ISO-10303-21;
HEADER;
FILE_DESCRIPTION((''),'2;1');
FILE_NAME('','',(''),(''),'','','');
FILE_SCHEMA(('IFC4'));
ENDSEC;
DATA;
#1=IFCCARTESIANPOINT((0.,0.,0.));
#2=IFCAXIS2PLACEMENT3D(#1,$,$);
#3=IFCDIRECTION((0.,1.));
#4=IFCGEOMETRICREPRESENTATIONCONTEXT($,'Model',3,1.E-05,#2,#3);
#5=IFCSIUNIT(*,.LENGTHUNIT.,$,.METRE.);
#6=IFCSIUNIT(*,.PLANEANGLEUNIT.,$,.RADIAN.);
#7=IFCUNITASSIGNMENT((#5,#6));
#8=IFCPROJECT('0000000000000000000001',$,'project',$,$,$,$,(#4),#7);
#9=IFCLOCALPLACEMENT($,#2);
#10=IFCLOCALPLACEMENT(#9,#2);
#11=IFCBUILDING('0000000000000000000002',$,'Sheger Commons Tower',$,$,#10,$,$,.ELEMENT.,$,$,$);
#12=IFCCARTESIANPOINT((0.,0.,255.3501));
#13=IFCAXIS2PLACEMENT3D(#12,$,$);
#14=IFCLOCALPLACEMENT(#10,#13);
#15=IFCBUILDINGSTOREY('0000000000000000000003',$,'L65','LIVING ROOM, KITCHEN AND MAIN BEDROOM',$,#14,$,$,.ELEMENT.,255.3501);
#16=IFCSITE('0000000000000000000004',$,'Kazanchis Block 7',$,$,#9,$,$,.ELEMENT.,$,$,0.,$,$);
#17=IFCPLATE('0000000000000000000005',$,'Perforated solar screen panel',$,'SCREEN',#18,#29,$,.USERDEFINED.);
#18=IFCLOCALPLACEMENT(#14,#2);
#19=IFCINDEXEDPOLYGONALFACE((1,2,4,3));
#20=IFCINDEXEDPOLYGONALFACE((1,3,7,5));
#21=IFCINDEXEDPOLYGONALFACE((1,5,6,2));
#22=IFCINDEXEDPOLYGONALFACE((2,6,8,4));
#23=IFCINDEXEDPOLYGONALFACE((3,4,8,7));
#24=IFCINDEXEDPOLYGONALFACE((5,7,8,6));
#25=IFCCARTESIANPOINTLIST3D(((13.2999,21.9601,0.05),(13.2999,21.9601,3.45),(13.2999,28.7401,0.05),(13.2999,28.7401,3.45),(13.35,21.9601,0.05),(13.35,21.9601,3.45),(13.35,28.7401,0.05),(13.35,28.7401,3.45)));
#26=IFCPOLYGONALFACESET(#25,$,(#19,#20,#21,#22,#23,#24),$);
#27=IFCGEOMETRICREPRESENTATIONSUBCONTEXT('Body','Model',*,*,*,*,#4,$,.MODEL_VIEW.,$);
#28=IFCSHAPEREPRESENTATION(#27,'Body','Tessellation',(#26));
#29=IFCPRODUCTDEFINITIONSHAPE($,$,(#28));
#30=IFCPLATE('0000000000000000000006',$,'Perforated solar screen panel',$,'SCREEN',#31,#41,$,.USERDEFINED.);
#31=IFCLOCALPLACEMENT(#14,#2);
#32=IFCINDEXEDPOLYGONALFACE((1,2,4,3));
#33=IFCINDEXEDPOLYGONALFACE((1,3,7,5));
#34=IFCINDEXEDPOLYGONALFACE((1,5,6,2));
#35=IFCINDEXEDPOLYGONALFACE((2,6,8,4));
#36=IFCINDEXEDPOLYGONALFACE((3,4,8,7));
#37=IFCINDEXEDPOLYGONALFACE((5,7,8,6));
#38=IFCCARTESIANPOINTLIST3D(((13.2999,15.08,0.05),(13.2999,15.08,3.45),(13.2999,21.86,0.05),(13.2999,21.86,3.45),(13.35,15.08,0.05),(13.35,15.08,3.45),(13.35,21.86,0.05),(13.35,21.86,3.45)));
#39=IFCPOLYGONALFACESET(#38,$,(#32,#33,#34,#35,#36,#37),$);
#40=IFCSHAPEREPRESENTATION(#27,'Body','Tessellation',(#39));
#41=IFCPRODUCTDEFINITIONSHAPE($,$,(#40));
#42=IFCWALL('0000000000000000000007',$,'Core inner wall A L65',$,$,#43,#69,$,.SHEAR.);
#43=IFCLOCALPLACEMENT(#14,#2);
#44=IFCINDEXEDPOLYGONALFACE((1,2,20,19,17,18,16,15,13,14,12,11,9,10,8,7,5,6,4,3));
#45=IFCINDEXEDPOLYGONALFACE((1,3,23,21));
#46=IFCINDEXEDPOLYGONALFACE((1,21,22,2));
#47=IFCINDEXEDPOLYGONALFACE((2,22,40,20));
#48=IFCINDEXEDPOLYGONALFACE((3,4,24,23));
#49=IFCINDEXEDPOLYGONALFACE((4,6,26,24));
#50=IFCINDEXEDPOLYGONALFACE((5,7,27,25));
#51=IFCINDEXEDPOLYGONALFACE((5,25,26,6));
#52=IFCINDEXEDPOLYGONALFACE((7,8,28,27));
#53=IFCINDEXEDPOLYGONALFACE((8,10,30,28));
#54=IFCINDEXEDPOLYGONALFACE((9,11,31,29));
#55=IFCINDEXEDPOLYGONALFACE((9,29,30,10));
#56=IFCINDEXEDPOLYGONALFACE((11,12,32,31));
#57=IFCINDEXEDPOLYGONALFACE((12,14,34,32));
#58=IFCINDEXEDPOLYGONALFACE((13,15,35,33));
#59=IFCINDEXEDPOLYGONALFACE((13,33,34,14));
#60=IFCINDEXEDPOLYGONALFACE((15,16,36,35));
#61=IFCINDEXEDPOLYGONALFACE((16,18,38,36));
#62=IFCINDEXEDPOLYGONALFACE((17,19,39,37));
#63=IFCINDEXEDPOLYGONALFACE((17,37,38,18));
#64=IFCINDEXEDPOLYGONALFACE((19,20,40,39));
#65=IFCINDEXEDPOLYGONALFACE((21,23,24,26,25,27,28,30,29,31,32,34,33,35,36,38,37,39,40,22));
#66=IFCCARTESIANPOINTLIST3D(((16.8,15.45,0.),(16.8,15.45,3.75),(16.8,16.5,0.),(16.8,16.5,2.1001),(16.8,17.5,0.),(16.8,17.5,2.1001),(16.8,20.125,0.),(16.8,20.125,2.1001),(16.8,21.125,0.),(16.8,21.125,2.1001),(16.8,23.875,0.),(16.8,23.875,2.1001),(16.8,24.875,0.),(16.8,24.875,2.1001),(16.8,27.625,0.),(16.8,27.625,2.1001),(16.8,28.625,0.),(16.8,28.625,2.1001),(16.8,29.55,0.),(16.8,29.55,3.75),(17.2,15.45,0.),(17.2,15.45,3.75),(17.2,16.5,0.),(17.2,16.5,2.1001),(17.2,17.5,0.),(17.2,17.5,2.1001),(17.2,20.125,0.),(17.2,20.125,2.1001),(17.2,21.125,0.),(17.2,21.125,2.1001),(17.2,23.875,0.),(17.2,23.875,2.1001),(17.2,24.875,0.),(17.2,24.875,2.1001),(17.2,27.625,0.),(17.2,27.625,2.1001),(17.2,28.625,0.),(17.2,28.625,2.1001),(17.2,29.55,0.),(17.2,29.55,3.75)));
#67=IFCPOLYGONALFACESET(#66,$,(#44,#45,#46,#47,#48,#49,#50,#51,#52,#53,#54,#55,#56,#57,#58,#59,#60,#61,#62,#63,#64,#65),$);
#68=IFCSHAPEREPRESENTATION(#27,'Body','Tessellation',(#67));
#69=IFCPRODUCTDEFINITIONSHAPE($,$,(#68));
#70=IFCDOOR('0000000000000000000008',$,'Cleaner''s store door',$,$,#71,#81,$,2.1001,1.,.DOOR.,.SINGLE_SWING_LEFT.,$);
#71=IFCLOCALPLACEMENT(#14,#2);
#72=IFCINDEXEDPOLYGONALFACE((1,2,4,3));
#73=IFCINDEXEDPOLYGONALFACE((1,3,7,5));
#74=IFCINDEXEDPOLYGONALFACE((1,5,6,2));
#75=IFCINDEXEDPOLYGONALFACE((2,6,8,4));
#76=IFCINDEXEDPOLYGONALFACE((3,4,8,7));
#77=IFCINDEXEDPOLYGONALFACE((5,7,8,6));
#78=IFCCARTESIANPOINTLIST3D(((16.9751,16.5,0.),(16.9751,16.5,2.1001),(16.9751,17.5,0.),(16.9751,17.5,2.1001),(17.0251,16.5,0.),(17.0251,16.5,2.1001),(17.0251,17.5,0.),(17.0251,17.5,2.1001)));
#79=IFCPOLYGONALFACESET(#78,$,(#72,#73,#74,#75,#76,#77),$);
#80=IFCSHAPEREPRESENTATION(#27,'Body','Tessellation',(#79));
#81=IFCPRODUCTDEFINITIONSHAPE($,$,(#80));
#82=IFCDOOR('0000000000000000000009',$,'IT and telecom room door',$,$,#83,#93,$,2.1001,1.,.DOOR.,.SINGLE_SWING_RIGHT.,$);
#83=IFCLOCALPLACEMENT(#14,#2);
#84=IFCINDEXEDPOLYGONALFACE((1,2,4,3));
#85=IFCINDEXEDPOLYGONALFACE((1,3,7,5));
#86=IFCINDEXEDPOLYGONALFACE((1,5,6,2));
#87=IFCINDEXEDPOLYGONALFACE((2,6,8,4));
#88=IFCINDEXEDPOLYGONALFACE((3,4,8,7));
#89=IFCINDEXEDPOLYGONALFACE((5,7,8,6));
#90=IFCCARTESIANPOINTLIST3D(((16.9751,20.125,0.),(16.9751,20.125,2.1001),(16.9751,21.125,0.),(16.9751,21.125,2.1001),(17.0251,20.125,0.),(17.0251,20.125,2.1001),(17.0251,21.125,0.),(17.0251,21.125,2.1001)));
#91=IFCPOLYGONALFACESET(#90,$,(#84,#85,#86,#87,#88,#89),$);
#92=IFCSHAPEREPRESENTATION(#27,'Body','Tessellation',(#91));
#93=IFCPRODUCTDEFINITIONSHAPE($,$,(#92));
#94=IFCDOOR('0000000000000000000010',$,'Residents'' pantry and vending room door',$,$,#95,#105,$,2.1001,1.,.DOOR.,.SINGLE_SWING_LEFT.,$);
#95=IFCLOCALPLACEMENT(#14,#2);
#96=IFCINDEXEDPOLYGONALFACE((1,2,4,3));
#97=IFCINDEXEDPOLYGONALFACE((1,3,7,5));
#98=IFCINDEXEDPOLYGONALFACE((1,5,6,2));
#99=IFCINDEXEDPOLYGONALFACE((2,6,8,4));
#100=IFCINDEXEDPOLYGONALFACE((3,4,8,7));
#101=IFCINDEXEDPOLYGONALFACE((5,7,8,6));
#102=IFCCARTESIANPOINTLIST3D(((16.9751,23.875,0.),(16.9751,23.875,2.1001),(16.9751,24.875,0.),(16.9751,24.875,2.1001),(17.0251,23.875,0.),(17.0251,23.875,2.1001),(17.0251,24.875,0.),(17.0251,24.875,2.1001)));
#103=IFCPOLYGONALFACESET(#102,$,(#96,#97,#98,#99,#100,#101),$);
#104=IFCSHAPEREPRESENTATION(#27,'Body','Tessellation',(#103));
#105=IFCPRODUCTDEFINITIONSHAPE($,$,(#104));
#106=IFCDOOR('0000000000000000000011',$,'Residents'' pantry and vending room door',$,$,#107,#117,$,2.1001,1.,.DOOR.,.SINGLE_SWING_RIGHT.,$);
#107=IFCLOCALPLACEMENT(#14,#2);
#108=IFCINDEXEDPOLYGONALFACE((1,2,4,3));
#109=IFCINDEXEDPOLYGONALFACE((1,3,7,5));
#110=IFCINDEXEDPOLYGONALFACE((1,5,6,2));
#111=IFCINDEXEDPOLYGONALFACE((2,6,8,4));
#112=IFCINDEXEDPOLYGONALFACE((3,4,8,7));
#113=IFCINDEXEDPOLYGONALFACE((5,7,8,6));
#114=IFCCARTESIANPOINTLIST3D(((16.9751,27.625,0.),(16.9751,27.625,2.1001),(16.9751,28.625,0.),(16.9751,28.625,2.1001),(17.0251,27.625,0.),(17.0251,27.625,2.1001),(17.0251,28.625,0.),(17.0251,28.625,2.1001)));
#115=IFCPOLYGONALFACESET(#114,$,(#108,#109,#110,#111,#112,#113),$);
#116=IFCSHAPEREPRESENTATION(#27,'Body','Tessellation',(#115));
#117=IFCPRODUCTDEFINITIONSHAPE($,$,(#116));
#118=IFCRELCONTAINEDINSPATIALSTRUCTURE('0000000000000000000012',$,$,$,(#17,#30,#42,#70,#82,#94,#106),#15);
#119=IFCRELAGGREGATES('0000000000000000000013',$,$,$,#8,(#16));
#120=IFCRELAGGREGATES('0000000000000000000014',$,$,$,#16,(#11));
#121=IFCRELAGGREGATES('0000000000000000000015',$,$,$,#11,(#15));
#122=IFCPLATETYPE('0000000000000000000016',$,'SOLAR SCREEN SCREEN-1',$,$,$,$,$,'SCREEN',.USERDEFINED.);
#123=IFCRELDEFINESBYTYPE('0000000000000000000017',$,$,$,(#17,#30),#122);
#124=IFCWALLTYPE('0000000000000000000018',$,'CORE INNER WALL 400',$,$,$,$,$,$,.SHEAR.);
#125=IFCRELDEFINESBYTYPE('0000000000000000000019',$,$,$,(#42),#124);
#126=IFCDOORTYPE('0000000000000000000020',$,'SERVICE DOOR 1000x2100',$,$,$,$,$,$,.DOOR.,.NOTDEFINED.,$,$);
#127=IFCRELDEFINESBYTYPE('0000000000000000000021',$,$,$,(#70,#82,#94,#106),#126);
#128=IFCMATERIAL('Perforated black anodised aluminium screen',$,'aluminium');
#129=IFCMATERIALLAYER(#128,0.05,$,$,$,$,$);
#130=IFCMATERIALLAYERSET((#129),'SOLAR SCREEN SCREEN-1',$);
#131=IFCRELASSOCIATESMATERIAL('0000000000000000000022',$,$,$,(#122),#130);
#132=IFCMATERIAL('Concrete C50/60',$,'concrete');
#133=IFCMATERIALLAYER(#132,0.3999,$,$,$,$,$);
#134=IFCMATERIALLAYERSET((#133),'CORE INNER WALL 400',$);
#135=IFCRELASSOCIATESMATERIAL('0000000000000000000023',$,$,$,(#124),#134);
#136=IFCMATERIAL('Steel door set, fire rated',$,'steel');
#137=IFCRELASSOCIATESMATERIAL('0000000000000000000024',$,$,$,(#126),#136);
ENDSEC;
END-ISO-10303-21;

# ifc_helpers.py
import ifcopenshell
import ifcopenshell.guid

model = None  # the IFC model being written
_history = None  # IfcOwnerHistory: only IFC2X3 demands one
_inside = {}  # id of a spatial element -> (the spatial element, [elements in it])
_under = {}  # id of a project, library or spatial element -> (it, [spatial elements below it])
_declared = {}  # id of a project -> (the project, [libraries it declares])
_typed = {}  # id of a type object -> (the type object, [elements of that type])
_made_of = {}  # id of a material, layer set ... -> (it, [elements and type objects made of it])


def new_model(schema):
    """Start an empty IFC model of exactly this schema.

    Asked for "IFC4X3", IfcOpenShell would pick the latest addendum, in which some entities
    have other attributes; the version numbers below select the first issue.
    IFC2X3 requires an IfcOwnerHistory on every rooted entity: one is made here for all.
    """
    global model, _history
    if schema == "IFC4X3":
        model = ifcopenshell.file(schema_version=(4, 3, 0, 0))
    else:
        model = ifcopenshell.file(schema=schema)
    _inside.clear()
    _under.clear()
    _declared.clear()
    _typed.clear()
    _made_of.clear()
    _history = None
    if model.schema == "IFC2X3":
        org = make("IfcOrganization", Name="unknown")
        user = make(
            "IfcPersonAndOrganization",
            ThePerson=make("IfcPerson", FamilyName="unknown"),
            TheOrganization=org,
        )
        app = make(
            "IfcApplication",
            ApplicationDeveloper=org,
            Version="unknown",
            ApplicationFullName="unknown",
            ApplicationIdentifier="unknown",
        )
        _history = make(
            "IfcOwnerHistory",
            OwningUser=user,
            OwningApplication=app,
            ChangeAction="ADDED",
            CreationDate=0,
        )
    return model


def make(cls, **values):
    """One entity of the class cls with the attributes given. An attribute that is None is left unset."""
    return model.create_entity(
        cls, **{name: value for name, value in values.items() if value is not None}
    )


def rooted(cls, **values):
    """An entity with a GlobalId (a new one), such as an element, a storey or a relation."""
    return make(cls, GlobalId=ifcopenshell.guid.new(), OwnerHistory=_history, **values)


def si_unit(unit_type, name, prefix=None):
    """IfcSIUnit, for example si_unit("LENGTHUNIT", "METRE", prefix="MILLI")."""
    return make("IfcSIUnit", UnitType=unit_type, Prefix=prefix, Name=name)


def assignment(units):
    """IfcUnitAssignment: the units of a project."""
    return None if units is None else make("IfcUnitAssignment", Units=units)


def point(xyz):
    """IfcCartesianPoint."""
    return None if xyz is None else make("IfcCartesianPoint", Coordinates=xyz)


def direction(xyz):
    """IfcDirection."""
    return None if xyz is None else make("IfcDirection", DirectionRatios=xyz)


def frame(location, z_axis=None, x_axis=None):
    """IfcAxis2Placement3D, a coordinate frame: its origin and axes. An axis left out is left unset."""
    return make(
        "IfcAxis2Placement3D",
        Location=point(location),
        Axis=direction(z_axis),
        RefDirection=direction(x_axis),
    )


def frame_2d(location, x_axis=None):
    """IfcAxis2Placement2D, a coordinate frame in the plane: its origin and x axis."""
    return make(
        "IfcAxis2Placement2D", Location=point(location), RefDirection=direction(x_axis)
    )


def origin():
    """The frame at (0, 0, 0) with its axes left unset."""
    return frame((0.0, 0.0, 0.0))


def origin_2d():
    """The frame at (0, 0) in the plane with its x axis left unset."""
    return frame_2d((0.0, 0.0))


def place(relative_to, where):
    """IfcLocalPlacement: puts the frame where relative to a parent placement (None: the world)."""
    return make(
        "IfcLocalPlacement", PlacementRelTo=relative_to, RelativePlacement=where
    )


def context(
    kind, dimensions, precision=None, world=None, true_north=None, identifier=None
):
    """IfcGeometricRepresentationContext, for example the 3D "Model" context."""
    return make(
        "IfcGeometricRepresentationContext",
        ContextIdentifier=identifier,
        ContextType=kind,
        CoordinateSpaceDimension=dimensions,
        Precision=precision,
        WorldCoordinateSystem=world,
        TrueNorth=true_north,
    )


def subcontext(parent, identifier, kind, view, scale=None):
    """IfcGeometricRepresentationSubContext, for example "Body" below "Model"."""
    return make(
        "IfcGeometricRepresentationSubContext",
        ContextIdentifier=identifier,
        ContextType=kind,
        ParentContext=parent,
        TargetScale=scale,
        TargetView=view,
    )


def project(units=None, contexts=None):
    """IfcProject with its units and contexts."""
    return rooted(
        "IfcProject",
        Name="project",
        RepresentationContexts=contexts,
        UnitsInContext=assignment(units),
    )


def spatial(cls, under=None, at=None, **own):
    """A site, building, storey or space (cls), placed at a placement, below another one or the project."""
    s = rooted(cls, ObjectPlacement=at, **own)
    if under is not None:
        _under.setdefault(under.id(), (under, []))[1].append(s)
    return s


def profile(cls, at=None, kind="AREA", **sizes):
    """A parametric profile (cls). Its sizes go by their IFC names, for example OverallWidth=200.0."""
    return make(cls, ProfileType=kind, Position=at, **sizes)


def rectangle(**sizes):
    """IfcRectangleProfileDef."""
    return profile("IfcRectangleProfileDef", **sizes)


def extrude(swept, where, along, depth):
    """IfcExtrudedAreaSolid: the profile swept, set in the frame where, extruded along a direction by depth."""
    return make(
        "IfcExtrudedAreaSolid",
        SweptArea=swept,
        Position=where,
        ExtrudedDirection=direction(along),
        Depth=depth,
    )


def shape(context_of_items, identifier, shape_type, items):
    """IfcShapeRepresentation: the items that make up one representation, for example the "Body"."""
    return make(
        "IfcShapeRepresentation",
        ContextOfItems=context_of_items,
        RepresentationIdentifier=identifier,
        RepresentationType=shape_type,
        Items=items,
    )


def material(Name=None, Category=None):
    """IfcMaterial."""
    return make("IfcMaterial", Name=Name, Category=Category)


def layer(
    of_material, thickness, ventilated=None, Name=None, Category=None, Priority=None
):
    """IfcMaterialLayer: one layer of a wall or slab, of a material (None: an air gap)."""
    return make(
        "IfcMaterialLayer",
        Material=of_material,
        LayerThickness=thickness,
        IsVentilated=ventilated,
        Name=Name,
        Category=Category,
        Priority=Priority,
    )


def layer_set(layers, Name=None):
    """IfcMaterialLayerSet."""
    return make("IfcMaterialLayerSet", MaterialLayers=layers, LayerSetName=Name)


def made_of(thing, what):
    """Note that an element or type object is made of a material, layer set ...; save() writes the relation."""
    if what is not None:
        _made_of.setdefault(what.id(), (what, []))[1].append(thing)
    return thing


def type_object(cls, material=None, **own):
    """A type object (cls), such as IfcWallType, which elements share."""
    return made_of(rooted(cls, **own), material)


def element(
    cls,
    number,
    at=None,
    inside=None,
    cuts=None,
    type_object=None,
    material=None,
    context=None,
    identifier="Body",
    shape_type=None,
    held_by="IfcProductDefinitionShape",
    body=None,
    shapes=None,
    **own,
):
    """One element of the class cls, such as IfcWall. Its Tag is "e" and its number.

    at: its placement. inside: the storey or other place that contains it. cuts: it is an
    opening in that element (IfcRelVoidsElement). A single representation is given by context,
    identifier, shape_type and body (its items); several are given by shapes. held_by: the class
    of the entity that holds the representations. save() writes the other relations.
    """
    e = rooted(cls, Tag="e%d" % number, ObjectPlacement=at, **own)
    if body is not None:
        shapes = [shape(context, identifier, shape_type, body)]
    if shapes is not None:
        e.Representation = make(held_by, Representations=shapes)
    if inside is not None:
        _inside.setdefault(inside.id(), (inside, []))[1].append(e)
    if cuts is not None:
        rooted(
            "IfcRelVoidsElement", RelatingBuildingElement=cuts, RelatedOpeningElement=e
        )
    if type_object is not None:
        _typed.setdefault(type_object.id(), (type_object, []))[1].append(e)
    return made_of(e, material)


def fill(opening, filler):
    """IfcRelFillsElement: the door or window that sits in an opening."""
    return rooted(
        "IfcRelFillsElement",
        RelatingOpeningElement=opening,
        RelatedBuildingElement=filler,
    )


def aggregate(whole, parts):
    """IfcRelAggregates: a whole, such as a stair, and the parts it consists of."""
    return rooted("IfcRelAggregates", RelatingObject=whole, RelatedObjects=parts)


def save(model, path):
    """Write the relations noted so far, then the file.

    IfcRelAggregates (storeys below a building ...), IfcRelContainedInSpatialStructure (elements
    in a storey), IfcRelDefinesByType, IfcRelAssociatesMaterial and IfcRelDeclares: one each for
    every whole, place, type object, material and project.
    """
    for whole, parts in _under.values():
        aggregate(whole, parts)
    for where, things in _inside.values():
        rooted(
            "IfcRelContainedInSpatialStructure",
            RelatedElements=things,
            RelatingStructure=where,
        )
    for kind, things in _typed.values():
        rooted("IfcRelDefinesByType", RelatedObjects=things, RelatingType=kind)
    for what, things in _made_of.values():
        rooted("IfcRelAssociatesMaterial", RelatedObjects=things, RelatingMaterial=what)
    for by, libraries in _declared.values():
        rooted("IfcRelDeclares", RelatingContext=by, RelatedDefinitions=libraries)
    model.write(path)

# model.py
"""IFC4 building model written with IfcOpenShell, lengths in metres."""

from ifc_helpers import new_model, si_unit, direction, frame, frame_2d, origin, origin_2d, place, context, subcontext, project, spatial, rectangle, extrude, material, layer, layer_set, type_object, element, fill, save


model = new_model("IFC4")

# Units and contexts
model_context = context("Model", 3, precision=1e-05, world=origin(), true_north=direction((0.0, 1.0)))
body_context = subcontext(model_context, "Body", "Model", "MODEL_VIEW")
ifc_project = project(units=[si_unit("LENGTHUNIT", "METRE"), si_unit("PLANEANGLEUNIT", "RADIAN")], contexts=[model_context])

# Site, building, storey
site_placement = place(None, origin())
site = spatial("IfcSite", under=ifc_project, at=site_placement, Name="Kazanchis Block 7", CompositionType="ELEMENT", RefElevation=0.0)
building_placement = place(site_placement, origin())
building = spatial("IfcBuilding", under=site, at=building_placement, Name="Sheger Commons Tower", CompositionType="ELEMENT")
storey_placement = place(building_placement, frame((0.0, 0.0, 255.3501)))
storey = spatial("IfcBuildingStorey", under=building, at=storey_placement, Name="L65", Description="LIVING ROOM, KITCHEN AND MAIN BEDROOM", CompositionType="ELEMENT", Elevation=255.3501)

# Plates
ifc_material_1 = material(Name="Perforated black anodised aluminium screen", Category="aluminium")
ifc_layer_1 = layer(ifc_material_1, 0.05)
ifc_layer_set_1 = layer_set([ifc_layer_1], Name="SOLAR SCREEN SCREEN-1")
plate_type = type_object("IfcPlateType", Name="SOLAR SCREEN SCREEN-1", ElementType="SCREEN", PredefinedType="USERDEFINED", material=ifc_layer_set_1)
for number, where, z_axis, x_axis, name in (
    (1, (13.325, 25.3501, 0.05), (0.0, 0.0, 1.0), (0.0, -1.0, 0.0), "Perforated solar screen panel"),
    (2, (13.325, 18.47, 0.05), (0.0, 0.0, 1.0), (0.0, -1.0, 0.0), "Perforated solar screen panel"),
):
    element("IfcPlate", number, at=place(storey_placement, frame(where, z_axis=z_axis, x_axis=x_axis)), inside=storey, type_object=plate_type, Name=name, ObjectType="SCREEN", PredefinedType="USERDEFINED", context=body_context, shape_type="SweptSolid", body=[
        extrude(rectangle(XDim=6.78, YDim=0.05, at=origin_2d()), origin(), (0.0, 0.0, 1.0), 3.3999),
    ])

# Wall, openings, doors
ifc_material_2 = material(Name="Concrete C50/60", Category="concrete")
ifc_layer_2 = layer(ifc_material_2, 0.3999)
ifc_layer_set_2 = layer_set([ifc_layer_2], Name="CORE INNER WALL 400")
wall_type_1 = type_object("IfcWallType", Name="CORE INNER WALL 400", PredefinedType="SHEAR", material=ifc_layer_set_2)
wall_1_placement = place(storey_placement, frame((17.0, 15.45, 0.0), z_axis=(0.0, 0.0, 1.0), x_axis=(0.0, 1.0, 0.0)))
wall_1 = element("IfcWall", 3, at=wall_1_placement, inside=storey, type_object=wall_type_1, Name="Core inner wall A L65", PredefinedType="SHEAR", context=body_context, shape_type="SweptSolid", body=[
    extrude(rectangle(XDim=14.1001, YDim=0.3999, at=frame_2d((7.05, 0.0))), origin(), (0.0, 0.0, 1.0), 3.75),
])
opening_1_placement = place(wall_1_placement, frame((1.05, 0.0, 0.0)))
opening_1 = element("IfcOpeningElement", 4, at=opening_1_placement, cuts=wall_1, PredefinedType="OPENING", context=body_context, shape_type="SweptSolid", body=[
    extrude(rectangle(XDim=1.0, YDim=2.1001, at=frame_2d((0.5, 1.05))), frame((0.0, 0.21, 0.0), z_axis=(0.0, -1.0, 0.0), x_axis=(1.0, 0.0, 0.0)), (0.0, 0.0, 1.0), 0.4199),
])
opening_2_placement = place(wall_1_placement, frame((4.675, 0.0, 0.0)))
opening_2 = element("IfcOpeningElement", 5, at=opening_2_placement, cuts=wall_1, PredefinedType="OPENING", context=body_context, shape_type="SweptSolid", body=[
    extrude(rectangle(XDim=1.0, YDim=2.1001, at=frame_2d((0.5, 1.05))), frame((0.0, 0.21, 0.0), z_axis=(0.0, -1.0, 0.0), x_axis=(1.0, 0.0, 0.0)), (0.0, 0.0, 1.0), 0.4199),
])
opening_3_placement = place(wall_1_placement, frame((8.425, 0.0, 0.0)))
opening_3 = element("IfcOpeningElement", 6, at=opening_3_placement, cuts=wall_1, PredefinedType="OPENING", context=body_context, shape_type="SweptSolid", body=[
    extrude(rectangle(XDim=1.0, YDim=2.1001, at=frame_2d((0.5, 1.05))), frame((0.0, 0.21, 0.0), z_axis=(0.0, -1.0, 0.0), x_axis=(1.0, 0.0, 0.0)), (0.0, 0.0, 1.0), 0.4199),
])
opening_4_placement = place(wall_1_placement, frame((12.175, 0.0, 0.0)))
opening_4 = element("IfcOpeningElement", 7, at=opening_4_placement, cuts=wall_1, PredefinedType="OPENING", context=body_context, shape_type="SweptSolid", body=[
    extrude(rectangle(XDim=1.0, YDim=2.1001, at=frame_2d((0.5, 1.05))), frame((0.0, 0.21, 0.0), z_axis=(0.0, -1.0, 0.0), x_axis=(1.0, 0.0, 0.0)), (0.0, 0.0, 1.0), 0.4199),
])
ifc_material_3 = material(Name="Steel door set, fire rated", Category="steel")
door_type_1 = type_object("IfcDoorType", Name="SERVICE DOOR 1000x2100", OperationType="NOTDEFINED", PredefinedType="DOOR", material=ifc_material_3)
door_1_placement = place(opening_1_placement, origin())
door_1 = element("IfcDoor", 8, at=door_1_placement, inside=storey, type_object=door_type_1, Name="Cleaner's store door", OperationType="SINGLE_SWING_LEFT", OverallHeight=2.1001, OverallWidth=1.0, PredefinedType="DOOR", context=body_context, shape_type="SweptSolid", body=[
    extrude(rectangle(XDim=1.0, YDim=2.1001, at=frame_2d((0.5, 1.05))), frame((0.0, 0.0249, 0.0), z_axis=(0.0, -1.0, 0.0), x_axis=(1.0, 0.0, 0.0)), (0.0, 0.0, 1.0), 0.05),
])
fill(opening_1, door_1)
door_2_placement = place(opening_2_placement, origin())
door_2 = element("IfcDoor", 9, at=door_2_placement, inside=storey, type_object=door_type_1, Name="IT and telecom room door", OperationType="SINGLE_SWING_RIGHT", OverallHeight=2.1001, OverallWidth=1.0, PredefinedType="DOOR", context=body_context, shape_type="SweptSolid", body=[
    extrude(rectangle(XDim=1.0, YDim=2.1001, at=frame_2d((0.5, 1.05))), frame((0.0, 0.0249, 0.0), z_axis=(0.0, -1.0, 0.0), x_axis=(1.0, 0.0, 0.0)), (0.0, 0.0, 1.0), 0.05),
])
fill(opening_2, door_2)
door_3_placement = place(opening_3_placement, origin())
door_3 = element("IfcDoor", 10, at=door_3_placement, inside=storey, type_object=door_type_1, Name="Residents' pantry and vending room door", OperationType="SINGLE_SWING_LEFT", OverallHeight=2.1001, OverallWidth=1.0, PredefinedType="DOOR", context=body_context, shape_type="SweptSolid", body=[
    extrude(rectangle(XDim=1.0, YDim=2.1001, at=frame_2d((0.5, 1.05))), frame((0.0, 0.0249, 0.0), z_axis=(0.0, -1.0, 0.0), x_axis=(1.0, 0.0, 0.0)), (0.0, 0.0, 1.0), 0.05),
])
fill(opening_3, door_3)
door_4_placement = place(opening_4_placement, origin())
door_4 = element("IfcDoor", 11, at=door_4_placement, inside=storey, type_object=door_type_1, Name="Residents' pantry and vending room door", OperationType="SINGLE_SWING_RIGHT", OverallHeight=2.1001, OverallWidth=1.0, PredefinedType="DOOR", context=body_context, shape_type="SweptSolid", body=[
    extrude(rectangle(XDim=1.0, YDim=2.1001, at=frame_2d((0.5, 1.05))), frame((0.0, 0.0249, 0.0), z_axis=(0.0, -1.0, 0.0), x_axis=(1.0, 0.0, 0.0)), (0.0, 0.0, 1.0), 0.05),
])
fill(opening_4, door_4)

save(model, "model.ifc")
